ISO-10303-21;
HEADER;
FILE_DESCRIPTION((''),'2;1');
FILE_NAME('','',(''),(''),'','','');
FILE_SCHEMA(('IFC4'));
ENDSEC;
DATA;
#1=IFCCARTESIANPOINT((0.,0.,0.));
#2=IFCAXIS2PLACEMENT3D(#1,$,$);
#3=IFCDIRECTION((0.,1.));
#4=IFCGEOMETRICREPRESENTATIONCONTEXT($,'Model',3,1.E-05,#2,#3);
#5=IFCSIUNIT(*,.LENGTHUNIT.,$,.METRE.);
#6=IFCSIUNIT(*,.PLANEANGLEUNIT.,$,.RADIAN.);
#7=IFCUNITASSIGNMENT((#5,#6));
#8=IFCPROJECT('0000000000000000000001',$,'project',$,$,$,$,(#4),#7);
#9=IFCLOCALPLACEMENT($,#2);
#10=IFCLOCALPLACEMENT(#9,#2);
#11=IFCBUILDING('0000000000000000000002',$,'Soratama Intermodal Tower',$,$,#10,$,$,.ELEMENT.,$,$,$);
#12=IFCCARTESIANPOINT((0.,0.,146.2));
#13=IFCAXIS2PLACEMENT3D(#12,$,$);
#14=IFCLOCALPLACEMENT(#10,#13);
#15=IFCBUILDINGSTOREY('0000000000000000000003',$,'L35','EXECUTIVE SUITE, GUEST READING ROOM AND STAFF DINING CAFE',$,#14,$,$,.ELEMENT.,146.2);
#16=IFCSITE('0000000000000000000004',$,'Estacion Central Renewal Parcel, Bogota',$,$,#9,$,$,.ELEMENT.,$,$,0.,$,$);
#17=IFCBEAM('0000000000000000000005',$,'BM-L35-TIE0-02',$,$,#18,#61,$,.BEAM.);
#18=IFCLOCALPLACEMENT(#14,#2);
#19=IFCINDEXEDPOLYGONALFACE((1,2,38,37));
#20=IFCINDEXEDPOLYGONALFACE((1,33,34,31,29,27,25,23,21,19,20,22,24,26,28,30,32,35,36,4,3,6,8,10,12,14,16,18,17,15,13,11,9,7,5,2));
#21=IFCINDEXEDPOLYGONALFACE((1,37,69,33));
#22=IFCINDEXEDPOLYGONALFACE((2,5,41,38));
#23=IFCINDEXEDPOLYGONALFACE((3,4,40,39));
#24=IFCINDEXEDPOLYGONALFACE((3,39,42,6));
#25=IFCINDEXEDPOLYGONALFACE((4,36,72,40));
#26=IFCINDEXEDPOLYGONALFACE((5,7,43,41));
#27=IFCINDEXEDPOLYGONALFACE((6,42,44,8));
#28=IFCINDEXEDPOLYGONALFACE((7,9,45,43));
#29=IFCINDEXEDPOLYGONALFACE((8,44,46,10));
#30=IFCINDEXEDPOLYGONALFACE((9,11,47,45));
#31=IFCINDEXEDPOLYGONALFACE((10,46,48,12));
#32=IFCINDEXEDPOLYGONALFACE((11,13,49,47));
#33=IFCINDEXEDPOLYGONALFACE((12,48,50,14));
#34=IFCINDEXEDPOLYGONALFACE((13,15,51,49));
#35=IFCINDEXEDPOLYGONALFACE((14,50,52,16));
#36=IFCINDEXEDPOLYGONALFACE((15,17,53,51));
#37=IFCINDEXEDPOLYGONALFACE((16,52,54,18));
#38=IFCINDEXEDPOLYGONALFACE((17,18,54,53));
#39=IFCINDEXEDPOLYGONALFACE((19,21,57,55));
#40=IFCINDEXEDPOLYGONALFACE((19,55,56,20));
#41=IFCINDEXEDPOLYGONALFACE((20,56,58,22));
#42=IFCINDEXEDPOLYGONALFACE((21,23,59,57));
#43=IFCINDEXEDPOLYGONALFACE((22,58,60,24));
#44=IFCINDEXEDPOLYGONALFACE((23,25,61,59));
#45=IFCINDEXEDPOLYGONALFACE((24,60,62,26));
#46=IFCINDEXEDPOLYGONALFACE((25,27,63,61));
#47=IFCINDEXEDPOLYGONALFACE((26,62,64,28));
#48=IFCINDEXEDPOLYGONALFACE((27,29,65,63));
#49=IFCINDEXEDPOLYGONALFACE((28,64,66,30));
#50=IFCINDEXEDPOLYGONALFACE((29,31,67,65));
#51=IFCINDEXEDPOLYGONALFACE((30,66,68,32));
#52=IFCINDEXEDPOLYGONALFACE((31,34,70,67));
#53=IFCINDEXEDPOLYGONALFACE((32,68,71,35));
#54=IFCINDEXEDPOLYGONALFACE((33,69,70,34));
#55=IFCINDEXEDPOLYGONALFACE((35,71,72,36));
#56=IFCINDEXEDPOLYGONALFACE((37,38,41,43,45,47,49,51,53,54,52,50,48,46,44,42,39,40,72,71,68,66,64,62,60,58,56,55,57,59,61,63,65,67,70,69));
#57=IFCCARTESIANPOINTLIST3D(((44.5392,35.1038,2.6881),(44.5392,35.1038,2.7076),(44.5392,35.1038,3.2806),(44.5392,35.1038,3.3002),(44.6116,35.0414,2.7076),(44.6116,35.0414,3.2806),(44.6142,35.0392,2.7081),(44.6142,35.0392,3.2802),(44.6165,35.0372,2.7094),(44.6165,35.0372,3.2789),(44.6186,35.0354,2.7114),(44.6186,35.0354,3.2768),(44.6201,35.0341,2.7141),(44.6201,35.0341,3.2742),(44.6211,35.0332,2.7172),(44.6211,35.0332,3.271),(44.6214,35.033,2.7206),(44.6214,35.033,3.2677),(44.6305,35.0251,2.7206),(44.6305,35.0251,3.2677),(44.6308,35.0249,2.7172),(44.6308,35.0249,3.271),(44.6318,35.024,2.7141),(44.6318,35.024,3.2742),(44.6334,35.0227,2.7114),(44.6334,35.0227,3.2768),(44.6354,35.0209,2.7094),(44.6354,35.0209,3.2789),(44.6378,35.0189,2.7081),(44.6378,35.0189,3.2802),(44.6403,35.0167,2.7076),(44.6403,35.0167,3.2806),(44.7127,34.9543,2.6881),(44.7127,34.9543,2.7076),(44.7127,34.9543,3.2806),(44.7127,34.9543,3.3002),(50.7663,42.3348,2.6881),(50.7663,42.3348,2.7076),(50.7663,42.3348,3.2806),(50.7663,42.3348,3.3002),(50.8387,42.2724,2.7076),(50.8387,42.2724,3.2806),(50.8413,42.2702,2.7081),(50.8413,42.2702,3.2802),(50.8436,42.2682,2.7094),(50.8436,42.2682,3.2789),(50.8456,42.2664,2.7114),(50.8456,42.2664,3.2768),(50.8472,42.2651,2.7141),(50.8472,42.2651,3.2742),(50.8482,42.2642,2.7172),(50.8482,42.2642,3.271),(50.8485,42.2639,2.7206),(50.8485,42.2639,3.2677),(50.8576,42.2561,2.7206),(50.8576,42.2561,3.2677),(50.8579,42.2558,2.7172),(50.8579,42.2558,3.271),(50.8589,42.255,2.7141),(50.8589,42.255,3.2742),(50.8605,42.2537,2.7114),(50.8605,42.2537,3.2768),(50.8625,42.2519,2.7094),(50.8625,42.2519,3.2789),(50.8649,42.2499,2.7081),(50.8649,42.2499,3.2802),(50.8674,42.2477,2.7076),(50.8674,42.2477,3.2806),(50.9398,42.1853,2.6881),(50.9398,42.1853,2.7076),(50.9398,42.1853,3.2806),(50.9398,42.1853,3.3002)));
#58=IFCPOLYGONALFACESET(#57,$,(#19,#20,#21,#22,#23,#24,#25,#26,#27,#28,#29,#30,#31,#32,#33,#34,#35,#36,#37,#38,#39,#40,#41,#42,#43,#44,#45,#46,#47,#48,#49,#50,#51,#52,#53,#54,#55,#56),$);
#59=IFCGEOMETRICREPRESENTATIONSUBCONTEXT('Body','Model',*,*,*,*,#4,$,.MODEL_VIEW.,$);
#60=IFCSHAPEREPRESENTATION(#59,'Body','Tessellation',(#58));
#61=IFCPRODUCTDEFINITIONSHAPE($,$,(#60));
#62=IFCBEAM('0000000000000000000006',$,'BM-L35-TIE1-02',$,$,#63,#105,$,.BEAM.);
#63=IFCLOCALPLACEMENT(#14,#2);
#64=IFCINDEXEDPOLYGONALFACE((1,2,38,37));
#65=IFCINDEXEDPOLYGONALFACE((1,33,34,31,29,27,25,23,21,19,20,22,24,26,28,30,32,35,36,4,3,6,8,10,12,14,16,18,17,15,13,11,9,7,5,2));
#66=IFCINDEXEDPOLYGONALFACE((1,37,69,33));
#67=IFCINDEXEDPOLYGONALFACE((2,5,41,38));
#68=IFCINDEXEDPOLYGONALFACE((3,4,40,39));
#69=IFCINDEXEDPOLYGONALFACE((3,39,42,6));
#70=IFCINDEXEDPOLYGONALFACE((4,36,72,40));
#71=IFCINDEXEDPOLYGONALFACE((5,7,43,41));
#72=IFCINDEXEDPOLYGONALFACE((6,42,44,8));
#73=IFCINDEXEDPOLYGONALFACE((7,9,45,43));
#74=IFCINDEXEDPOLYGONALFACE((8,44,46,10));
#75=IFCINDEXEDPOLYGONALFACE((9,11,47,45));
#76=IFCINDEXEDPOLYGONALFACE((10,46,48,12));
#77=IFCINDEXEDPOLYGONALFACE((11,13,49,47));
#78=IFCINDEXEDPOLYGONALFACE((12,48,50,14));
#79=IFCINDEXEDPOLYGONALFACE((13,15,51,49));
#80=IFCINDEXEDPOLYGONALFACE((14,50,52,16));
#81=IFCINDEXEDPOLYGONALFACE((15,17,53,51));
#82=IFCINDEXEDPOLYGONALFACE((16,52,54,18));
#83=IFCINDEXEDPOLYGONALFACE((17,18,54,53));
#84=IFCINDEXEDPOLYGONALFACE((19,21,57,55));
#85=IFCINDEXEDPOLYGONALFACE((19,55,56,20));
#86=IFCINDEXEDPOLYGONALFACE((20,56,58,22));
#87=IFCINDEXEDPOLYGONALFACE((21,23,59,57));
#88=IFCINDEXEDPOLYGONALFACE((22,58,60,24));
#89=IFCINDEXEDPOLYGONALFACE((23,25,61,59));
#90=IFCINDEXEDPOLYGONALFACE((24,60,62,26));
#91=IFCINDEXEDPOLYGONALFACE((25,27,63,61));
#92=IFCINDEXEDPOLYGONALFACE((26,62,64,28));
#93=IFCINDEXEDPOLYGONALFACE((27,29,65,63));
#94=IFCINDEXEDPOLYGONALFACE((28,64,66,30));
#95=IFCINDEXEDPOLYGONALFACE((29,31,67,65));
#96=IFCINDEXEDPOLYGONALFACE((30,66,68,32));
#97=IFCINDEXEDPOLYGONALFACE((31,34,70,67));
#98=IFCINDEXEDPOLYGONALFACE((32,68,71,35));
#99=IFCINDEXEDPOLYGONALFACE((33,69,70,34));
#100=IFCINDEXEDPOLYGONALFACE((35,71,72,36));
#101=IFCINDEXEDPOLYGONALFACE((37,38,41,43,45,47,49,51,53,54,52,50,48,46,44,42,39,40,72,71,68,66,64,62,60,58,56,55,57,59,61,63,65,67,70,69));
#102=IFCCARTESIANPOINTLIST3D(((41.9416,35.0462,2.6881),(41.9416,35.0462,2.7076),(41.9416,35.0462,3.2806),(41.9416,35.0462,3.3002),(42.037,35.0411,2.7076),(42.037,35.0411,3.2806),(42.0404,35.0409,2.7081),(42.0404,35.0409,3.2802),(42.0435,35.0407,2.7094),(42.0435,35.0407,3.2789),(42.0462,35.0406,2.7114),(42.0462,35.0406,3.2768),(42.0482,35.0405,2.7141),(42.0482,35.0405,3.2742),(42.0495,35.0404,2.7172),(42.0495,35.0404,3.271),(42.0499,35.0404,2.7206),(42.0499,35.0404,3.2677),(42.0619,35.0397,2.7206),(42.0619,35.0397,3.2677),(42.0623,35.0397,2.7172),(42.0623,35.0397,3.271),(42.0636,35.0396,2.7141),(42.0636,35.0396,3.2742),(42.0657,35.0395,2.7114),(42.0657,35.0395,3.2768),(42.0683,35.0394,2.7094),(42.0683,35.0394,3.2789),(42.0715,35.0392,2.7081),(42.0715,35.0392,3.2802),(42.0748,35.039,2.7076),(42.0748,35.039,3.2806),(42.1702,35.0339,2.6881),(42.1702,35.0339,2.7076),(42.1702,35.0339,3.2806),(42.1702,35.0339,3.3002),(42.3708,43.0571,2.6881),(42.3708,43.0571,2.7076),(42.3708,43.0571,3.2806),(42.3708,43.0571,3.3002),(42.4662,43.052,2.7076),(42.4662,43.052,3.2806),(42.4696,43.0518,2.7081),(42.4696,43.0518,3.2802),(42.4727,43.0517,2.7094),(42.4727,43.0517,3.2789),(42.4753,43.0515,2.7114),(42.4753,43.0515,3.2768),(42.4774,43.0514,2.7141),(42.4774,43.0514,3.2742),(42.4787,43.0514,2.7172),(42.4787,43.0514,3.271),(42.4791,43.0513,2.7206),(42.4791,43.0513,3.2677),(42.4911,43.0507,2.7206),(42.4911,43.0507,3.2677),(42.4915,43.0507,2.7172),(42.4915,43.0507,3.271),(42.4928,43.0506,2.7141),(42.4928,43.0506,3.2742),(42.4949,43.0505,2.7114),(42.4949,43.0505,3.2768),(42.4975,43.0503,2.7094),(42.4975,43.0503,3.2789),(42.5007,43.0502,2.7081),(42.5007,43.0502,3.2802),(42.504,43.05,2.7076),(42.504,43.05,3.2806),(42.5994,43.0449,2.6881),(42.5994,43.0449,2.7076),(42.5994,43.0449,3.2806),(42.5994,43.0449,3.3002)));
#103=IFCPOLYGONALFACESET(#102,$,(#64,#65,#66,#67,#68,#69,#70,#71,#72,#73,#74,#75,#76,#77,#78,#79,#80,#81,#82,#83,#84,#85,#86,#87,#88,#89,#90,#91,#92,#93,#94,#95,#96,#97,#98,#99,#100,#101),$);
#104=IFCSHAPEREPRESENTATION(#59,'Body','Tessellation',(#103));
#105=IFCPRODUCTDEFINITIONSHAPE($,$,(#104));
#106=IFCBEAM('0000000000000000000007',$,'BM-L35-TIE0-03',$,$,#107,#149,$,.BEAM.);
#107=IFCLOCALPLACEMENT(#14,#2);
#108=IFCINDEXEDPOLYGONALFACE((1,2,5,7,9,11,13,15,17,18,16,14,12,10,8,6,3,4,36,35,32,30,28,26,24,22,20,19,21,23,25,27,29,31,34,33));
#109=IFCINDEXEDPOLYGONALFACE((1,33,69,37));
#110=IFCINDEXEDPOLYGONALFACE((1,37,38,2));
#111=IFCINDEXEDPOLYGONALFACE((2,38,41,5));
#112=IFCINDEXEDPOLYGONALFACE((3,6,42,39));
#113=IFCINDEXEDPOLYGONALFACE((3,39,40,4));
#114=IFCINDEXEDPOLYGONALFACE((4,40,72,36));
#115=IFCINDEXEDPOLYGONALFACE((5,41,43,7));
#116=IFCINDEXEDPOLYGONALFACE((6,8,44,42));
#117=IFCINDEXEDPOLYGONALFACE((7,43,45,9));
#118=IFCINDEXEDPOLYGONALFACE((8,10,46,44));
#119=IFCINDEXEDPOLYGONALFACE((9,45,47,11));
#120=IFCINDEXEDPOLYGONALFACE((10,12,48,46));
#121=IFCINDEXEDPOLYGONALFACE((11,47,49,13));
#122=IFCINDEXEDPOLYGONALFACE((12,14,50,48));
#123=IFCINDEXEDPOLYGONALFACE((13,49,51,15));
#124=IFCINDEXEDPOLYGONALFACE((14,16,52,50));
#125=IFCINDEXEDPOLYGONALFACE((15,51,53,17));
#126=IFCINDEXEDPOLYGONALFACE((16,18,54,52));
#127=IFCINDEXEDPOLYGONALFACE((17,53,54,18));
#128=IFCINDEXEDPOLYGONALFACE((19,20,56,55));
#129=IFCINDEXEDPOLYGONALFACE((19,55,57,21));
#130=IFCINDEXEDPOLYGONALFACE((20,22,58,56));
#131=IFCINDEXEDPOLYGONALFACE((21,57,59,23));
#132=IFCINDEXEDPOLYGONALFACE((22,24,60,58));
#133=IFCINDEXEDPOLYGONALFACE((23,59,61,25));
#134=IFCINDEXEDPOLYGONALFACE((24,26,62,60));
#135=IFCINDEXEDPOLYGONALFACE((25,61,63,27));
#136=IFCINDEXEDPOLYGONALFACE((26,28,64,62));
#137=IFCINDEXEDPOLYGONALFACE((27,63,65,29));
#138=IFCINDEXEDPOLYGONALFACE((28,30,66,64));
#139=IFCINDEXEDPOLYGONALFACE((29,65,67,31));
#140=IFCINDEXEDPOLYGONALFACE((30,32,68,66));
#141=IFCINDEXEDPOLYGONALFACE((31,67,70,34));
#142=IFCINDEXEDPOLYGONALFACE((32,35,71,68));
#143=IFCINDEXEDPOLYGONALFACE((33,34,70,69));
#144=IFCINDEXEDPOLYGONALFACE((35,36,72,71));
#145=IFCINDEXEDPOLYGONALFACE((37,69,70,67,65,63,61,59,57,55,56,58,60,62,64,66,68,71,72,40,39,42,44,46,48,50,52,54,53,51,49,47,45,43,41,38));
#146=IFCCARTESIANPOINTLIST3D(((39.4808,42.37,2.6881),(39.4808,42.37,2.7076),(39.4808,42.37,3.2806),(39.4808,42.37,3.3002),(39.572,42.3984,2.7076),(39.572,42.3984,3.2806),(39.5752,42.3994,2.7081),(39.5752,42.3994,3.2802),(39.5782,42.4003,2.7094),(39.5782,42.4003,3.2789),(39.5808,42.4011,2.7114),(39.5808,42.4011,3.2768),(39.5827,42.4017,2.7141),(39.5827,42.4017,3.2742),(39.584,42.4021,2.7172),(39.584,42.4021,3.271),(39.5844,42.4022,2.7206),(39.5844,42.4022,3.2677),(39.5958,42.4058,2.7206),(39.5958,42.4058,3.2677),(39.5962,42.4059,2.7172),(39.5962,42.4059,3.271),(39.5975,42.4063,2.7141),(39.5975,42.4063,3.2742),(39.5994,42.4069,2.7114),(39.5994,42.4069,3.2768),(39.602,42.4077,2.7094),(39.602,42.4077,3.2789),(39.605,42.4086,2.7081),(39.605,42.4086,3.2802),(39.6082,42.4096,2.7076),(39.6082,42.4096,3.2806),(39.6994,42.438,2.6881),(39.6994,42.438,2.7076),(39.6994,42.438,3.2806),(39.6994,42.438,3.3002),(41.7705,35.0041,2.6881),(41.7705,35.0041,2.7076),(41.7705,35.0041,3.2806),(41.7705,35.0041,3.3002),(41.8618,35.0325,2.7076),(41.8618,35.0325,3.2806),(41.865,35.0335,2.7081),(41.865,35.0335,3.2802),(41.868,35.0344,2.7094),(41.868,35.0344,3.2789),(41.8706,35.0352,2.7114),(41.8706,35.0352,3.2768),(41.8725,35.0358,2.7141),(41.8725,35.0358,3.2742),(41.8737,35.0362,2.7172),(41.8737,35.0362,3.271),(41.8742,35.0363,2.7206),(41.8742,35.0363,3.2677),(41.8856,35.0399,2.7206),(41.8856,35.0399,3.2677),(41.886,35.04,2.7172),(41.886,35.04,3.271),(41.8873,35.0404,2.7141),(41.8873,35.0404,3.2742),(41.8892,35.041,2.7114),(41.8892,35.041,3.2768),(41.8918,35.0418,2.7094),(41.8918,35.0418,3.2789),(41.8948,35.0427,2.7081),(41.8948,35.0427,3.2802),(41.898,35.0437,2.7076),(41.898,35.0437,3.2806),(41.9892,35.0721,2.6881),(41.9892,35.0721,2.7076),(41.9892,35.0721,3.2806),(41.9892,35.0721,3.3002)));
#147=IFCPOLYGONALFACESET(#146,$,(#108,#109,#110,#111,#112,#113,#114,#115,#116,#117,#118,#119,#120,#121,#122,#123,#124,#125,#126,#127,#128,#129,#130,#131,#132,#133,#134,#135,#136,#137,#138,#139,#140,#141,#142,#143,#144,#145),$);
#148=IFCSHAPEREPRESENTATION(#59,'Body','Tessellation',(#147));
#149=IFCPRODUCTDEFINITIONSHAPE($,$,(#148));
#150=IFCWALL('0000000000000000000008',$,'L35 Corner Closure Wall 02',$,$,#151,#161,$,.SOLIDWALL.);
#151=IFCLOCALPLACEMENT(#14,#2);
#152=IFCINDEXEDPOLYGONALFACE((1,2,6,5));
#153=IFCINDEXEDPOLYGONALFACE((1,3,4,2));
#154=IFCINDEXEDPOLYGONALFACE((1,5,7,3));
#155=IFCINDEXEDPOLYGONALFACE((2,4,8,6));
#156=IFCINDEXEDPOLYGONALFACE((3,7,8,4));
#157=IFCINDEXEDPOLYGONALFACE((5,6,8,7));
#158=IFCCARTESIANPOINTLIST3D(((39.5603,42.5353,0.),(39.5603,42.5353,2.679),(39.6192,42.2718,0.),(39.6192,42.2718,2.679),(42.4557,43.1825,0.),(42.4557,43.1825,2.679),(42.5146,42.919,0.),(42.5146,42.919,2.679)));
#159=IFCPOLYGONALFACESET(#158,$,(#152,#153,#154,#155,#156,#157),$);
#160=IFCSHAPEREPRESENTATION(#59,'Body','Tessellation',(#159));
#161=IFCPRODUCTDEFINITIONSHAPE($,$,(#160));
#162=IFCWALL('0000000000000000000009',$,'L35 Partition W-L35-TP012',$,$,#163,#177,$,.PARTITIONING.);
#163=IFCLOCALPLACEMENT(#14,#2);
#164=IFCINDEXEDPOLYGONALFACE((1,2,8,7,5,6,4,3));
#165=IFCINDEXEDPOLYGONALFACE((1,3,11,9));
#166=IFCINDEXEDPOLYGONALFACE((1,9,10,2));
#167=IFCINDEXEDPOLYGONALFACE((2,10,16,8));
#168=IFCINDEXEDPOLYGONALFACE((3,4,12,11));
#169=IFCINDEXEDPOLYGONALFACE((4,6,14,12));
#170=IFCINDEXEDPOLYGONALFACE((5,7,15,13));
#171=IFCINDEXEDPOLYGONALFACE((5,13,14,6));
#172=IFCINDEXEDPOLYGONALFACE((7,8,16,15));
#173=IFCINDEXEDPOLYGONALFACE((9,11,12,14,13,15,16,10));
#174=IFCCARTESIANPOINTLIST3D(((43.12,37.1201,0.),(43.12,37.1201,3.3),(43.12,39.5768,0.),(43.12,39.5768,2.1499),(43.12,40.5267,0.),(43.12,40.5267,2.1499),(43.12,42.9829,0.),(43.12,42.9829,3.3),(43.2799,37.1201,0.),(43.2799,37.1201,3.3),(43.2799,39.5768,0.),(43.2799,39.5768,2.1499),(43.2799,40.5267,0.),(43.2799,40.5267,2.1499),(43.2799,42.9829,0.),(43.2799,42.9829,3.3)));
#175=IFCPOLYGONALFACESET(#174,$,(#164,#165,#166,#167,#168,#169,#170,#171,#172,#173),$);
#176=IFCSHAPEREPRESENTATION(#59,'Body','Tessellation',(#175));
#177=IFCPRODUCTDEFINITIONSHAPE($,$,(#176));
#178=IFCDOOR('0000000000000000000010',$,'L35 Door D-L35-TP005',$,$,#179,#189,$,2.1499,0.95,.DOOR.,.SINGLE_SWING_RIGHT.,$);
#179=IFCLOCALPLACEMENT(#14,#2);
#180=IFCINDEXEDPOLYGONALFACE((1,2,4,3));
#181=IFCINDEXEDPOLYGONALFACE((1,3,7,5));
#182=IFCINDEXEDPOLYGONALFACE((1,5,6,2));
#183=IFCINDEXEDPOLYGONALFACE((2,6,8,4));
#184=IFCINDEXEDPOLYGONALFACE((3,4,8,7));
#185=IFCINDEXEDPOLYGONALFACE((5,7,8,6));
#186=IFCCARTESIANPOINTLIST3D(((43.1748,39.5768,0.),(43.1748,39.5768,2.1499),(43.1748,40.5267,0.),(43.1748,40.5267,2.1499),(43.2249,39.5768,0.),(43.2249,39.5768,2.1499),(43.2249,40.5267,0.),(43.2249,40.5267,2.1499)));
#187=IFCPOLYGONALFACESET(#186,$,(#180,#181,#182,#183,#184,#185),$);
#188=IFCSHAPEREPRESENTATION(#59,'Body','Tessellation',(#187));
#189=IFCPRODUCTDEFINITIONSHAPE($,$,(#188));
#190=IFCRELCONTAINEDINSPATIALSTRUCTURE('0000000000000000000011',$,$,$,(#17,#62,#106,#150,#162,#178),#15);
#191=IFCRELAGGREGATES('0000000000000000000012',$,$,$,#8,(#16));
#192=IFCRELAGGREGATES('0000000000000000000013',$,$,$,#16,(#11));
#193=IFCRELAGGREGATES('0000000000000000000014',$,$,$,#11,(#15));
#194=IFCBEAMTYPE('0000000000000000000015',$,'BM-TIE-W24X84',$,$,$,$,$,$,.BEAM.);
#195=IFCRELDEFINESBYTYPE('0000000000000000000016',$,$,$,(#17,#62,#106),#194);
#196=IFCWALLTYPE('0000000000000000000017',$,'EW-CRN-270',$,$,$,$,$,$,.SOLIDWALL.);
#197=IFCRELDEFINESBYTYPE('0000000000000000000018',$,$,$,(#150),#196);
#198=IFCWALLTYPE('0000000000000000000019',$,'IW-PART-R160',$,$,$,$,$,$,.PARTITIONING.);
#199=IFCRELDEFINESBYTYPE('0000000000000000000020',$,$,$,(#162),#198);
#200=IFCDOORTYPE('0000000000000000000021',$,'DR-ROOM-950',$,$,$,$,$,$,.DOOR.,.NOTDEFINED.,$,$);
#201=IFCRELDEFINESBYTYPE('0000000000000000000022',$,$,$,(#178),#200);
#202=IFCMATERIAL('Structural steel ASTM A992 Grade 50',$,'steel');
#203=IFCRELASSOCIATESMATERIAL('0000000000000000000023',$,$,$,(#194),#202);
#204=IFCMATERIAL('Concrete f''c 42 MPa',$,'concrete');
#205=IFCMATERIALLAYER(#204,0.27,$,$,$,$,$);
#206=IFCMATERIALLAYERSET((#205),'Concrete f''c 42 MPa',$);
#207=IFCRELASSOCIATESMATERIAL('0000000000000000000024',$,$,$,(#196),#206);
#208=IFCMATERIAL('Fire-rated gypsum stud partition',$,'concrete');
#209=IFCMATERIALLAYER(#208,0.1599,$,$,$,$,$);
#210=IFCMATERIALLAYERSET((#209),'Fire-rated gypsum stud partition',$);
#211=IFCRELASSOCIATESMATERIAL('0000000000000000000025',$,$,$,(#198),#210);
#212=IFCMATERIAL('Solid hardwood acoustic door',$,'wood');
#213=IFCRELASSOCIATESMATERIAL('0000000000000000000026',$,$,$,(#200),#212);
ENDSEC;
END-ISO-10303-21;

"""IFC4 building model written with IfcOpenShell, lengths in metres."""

from ifc_helpers import new_model, si_unit, direction, frame, frame_2d, origin, origin_2d, place, context, subcontext, project, spatial, rectangle, i_section, extrude, material, layer, layer_set, material_profile, profile_set, type_object, element, fill, save


model = new_model("IFC4")

# Units and contexts
model_context = context("Model", 3, precision=1e-05, world=origin(), true_north=direction((0.0, 1.0)))
body_context = subcontext(model_context, "Body", "Model", "MODEL_VIEW")
ifc_project = project(units=[si_unit("LENGTHUNIT", "METRE"), si_unit("PLANEANGLEUNIT", "RADIAN")], contexts=[model_context])

# Site, building, storey
site_placement = place(None, origin())
site = spatial("IfcSite", under=ifc_project, at=site_placement, Name="Estacion Central Renewal Parcel, Bogota", CompositionType="ELEMENT", RefElevation=0.0)
building_placement = place(site_placement, origin())
building = spatial("IfcBuilding", under=site, at=building_placement, Name="Soratama Intermodal Tower", CompositionType="ELEMENT")
storey_placement = place(building_placement, frame((0.0, 0.0, 146.2)))
storey = spatial("IfcBuildingStorey", under=building, at=storey_placement, Name="L35", Description="EXECUTIVE SUITE, GUEST READING ROOM AND STAFF DINING CAFE", CompositionType="ELEMENT", Elevation=146.2)

# Beams
ifc_material_1 = material(Name="Structural steel ASTM A992 Grade 50", Category="steel")
ifc_material_profile_1 = material_profile(ifc_material_1, i_section(OverallWidth=0.229, OverallDepth=0.6121, WebThickness=0.012, FlangeThickness=0.0195, FilletRadius=0.0129, at=origin_2d()), Name="W24X84")
ifc_profile_set_1 = profile_set([ifc_material_profile_1], Name="Structural steel ASTM A992 Grade 50")
beam_type_1 = type_object("IfcBeamType", Name="BM-TIE-W24X84", PredefinedType="BEAM", material=ifc_profile_set_1)
beam_1_placement = place(storey_placement, frame((44.626, 35.0291, 2.9941), z_axis=(0.652547, 0.757748, 0.0), x_axis=(-0.757748, 0.652547, 0.0)))
element("IfcBeam", 1, at=beam_1_placement, inside=storey, type_object=beam_type_1, Name="BM-L35-TIE0-02", PredefinedType="BEAM", context=body_context, shape_type="SweptSolid", body=[
    extrude(i_section(OverallWidth=0.229, OverallDepth=0.6121, WebThickness=0.012, FlangeThickness=0.0195, FilletRadius=0.0129, at=origin_2d()), origin(), (0.0, 0.0, 1.0), 9.5427),
])
beam_2_placement = place(storey_placement, frame((42.0559, 35.04, 2.9941), z_axis=(0.0535, 0.998568, 0.0), x_axis=(-0.998568, 0.0535, 0.0)))
element("IfcBeam", 2, at=beam_2_placement, inside=storey, type_object=beam_type_1, Name="BM-L35-TIE1-02", PredefinedType="BEAM", context=body_context, shape_type="SweptSolid", body=[
    extrude(i_section(OverallWidth=0.229, OverallDepth=0.6121, WebThickness=0.012, FlangeThickness=0.0195, FilletRadius=0.0129, at=origin_2d()), origin(), (0.0, 0.0, 1.0), 8.0225),
])
beam_3_placement = place(storey_placement, frame((41.8799, 35.0381, 2.9941), z_axis=(-0.296849, 0.954924, 0.0), x_axis=(-0.954924, -0.296849, 0.0)))
element("IfcBeam", 3, at=beam_3_placement, inside=storey, type_object=beam_type_1, Name="BM-L35-TIE0-03", PredefinedType="BEAM", context=body_context, shape_type="SweptSolid", body=[
    extrude(i_section(OverallWidth=0.229, OverallDepth=0.6121, WebThickness=0.012, FlangeThickness=0.0195, FilletRadius=0.0129, at=origin_2d()), origin(), (0.0, 0.0, 1.0), 7.7136),
])

# Wall
ifc_material_2 = material(Name="Concrete f'c 42 MPa", Category="concrete")
ifc_layer_1 = layer(ifc_material_2, 0.27)
ifc_layer_set_1 = layer_set([ifc_layer_1], Name="Concrete f'c 42 MPa")
wall_type_1 = type_object("IfcWallType", Name="EW-CRN-270", PredefinedType="SOLIDWALL", material=ifc_layer_set_1)
wall_1_placement = place(storey_placement, frame((42.4851, 43.0508, 0.0), z_axis=(0.0, 0.0, 1.0), x_axis=(-0.975913, -0.218159, 0.0)))
element("IfcWall", 4, at=wall_1_placement, inside=storey, type_object=wall_type_1, Name="L35 Corner Closure Wall 02", PredefinedType="SOLIDWALL", context=body_context, shape_type="SweptSolid", body=[
    extrude(rectangle(XDim=2.9668, YDim=0.27, at=frame_2d((1.4834, 0.0))), origin(), (0.0, 0.0, 1.0), 2.679),
])

# Wall, opening, door
ifc_material_3 = material(Name="Fire-rated gypsum stud partition", Category="concrete")
ifc_layer_2 = layer(ifc_material_3, 0.1599)
ifc_layer_set_2 = layer_set([ifc_layer_2], Name="Fire-rated gypsum stud partition")
wall_type_2 = type_object("IfcWallType", Name="IW-PART-R160", PredefinedType="PARTITIONING", material=ifc_layer_set_2)
wall_2_placement = place(storey_placement, frame((43.2, 42.9829, 0.0), z_axis=(0.0, 0.0, 1.0), x_axis=(0.0, -1.0, 0.0)))
wall_2 = element("IfcWall", 5, at=wall_2_placement, inside=storey, type_object=wall_type_2, Name="L35 Partition W-L35-TP012", PredefinedType="PARTITIONING", context=body_context, shape_type="SweptSolid", body=[
    extrude(rectangle(XDim=5.8628, YDim=0.1599, at=frame_2d((2.9314, 0.0))), origin(), (0.0, 0.0, 1.0), 3.3),
])
opening_1_placement = place(wall_2_placement, frame((2.4561, 0.0, 0.0)))
opening_1 = element("IfcOpeningElement", 6, at=opening_1_placement, cuts=wall_2, PredefinedType="OPENING", context=body_context, shape_type="SweptSolid", body=[
    extrude(rectangle(XDim=0.95, YDim=2.1499, at=frame_2d((0.4751, 1.075))), frame((0.0, 0.0898, 0.0), z_axis=(0.0, -1.0, 0.0), x_axis=(1.0, 0.0, 0.0)), (0.0, 0.0, 1.0), 0.1799),
])
ifc_material_4 = material(Name="Solid hardwood acoustic door", Category="wood")
door_type = type_object("IfcDoorType", Name="DR-ROOM-950", OperationType="NOTDEFINED", PredefinedType="DOOR", material=ifc_material_4)
door_1_placement = place(opening_1_placement, origin())
door_1 = element("IfcDoor", 7, at=door_1_placement, inside=storey, type_object=door_type, Name="L35 Door D-L35-TP005", OperationType="SINGLE_SWING_RIGHT", OverallHeight=2.1499, OverallWidth=0.95, PredefinedType="DOOR", context=body_context, shape_type="SweptSolid", body=[
    extrude(rectangle(XDim=0.95, YDim=2.1499, at=frame_2d((0.4751, 1.075))), frame((0.0, 0.0249, 0.0), z_axis=(0.0, -1.0, 0.0), x_axis=(1.0, 0.0, 0.0)), (0.0, 0.0, 1.0), 0.05),
])
fill(opening_1, door_1)

save(model, "model.ifc")
